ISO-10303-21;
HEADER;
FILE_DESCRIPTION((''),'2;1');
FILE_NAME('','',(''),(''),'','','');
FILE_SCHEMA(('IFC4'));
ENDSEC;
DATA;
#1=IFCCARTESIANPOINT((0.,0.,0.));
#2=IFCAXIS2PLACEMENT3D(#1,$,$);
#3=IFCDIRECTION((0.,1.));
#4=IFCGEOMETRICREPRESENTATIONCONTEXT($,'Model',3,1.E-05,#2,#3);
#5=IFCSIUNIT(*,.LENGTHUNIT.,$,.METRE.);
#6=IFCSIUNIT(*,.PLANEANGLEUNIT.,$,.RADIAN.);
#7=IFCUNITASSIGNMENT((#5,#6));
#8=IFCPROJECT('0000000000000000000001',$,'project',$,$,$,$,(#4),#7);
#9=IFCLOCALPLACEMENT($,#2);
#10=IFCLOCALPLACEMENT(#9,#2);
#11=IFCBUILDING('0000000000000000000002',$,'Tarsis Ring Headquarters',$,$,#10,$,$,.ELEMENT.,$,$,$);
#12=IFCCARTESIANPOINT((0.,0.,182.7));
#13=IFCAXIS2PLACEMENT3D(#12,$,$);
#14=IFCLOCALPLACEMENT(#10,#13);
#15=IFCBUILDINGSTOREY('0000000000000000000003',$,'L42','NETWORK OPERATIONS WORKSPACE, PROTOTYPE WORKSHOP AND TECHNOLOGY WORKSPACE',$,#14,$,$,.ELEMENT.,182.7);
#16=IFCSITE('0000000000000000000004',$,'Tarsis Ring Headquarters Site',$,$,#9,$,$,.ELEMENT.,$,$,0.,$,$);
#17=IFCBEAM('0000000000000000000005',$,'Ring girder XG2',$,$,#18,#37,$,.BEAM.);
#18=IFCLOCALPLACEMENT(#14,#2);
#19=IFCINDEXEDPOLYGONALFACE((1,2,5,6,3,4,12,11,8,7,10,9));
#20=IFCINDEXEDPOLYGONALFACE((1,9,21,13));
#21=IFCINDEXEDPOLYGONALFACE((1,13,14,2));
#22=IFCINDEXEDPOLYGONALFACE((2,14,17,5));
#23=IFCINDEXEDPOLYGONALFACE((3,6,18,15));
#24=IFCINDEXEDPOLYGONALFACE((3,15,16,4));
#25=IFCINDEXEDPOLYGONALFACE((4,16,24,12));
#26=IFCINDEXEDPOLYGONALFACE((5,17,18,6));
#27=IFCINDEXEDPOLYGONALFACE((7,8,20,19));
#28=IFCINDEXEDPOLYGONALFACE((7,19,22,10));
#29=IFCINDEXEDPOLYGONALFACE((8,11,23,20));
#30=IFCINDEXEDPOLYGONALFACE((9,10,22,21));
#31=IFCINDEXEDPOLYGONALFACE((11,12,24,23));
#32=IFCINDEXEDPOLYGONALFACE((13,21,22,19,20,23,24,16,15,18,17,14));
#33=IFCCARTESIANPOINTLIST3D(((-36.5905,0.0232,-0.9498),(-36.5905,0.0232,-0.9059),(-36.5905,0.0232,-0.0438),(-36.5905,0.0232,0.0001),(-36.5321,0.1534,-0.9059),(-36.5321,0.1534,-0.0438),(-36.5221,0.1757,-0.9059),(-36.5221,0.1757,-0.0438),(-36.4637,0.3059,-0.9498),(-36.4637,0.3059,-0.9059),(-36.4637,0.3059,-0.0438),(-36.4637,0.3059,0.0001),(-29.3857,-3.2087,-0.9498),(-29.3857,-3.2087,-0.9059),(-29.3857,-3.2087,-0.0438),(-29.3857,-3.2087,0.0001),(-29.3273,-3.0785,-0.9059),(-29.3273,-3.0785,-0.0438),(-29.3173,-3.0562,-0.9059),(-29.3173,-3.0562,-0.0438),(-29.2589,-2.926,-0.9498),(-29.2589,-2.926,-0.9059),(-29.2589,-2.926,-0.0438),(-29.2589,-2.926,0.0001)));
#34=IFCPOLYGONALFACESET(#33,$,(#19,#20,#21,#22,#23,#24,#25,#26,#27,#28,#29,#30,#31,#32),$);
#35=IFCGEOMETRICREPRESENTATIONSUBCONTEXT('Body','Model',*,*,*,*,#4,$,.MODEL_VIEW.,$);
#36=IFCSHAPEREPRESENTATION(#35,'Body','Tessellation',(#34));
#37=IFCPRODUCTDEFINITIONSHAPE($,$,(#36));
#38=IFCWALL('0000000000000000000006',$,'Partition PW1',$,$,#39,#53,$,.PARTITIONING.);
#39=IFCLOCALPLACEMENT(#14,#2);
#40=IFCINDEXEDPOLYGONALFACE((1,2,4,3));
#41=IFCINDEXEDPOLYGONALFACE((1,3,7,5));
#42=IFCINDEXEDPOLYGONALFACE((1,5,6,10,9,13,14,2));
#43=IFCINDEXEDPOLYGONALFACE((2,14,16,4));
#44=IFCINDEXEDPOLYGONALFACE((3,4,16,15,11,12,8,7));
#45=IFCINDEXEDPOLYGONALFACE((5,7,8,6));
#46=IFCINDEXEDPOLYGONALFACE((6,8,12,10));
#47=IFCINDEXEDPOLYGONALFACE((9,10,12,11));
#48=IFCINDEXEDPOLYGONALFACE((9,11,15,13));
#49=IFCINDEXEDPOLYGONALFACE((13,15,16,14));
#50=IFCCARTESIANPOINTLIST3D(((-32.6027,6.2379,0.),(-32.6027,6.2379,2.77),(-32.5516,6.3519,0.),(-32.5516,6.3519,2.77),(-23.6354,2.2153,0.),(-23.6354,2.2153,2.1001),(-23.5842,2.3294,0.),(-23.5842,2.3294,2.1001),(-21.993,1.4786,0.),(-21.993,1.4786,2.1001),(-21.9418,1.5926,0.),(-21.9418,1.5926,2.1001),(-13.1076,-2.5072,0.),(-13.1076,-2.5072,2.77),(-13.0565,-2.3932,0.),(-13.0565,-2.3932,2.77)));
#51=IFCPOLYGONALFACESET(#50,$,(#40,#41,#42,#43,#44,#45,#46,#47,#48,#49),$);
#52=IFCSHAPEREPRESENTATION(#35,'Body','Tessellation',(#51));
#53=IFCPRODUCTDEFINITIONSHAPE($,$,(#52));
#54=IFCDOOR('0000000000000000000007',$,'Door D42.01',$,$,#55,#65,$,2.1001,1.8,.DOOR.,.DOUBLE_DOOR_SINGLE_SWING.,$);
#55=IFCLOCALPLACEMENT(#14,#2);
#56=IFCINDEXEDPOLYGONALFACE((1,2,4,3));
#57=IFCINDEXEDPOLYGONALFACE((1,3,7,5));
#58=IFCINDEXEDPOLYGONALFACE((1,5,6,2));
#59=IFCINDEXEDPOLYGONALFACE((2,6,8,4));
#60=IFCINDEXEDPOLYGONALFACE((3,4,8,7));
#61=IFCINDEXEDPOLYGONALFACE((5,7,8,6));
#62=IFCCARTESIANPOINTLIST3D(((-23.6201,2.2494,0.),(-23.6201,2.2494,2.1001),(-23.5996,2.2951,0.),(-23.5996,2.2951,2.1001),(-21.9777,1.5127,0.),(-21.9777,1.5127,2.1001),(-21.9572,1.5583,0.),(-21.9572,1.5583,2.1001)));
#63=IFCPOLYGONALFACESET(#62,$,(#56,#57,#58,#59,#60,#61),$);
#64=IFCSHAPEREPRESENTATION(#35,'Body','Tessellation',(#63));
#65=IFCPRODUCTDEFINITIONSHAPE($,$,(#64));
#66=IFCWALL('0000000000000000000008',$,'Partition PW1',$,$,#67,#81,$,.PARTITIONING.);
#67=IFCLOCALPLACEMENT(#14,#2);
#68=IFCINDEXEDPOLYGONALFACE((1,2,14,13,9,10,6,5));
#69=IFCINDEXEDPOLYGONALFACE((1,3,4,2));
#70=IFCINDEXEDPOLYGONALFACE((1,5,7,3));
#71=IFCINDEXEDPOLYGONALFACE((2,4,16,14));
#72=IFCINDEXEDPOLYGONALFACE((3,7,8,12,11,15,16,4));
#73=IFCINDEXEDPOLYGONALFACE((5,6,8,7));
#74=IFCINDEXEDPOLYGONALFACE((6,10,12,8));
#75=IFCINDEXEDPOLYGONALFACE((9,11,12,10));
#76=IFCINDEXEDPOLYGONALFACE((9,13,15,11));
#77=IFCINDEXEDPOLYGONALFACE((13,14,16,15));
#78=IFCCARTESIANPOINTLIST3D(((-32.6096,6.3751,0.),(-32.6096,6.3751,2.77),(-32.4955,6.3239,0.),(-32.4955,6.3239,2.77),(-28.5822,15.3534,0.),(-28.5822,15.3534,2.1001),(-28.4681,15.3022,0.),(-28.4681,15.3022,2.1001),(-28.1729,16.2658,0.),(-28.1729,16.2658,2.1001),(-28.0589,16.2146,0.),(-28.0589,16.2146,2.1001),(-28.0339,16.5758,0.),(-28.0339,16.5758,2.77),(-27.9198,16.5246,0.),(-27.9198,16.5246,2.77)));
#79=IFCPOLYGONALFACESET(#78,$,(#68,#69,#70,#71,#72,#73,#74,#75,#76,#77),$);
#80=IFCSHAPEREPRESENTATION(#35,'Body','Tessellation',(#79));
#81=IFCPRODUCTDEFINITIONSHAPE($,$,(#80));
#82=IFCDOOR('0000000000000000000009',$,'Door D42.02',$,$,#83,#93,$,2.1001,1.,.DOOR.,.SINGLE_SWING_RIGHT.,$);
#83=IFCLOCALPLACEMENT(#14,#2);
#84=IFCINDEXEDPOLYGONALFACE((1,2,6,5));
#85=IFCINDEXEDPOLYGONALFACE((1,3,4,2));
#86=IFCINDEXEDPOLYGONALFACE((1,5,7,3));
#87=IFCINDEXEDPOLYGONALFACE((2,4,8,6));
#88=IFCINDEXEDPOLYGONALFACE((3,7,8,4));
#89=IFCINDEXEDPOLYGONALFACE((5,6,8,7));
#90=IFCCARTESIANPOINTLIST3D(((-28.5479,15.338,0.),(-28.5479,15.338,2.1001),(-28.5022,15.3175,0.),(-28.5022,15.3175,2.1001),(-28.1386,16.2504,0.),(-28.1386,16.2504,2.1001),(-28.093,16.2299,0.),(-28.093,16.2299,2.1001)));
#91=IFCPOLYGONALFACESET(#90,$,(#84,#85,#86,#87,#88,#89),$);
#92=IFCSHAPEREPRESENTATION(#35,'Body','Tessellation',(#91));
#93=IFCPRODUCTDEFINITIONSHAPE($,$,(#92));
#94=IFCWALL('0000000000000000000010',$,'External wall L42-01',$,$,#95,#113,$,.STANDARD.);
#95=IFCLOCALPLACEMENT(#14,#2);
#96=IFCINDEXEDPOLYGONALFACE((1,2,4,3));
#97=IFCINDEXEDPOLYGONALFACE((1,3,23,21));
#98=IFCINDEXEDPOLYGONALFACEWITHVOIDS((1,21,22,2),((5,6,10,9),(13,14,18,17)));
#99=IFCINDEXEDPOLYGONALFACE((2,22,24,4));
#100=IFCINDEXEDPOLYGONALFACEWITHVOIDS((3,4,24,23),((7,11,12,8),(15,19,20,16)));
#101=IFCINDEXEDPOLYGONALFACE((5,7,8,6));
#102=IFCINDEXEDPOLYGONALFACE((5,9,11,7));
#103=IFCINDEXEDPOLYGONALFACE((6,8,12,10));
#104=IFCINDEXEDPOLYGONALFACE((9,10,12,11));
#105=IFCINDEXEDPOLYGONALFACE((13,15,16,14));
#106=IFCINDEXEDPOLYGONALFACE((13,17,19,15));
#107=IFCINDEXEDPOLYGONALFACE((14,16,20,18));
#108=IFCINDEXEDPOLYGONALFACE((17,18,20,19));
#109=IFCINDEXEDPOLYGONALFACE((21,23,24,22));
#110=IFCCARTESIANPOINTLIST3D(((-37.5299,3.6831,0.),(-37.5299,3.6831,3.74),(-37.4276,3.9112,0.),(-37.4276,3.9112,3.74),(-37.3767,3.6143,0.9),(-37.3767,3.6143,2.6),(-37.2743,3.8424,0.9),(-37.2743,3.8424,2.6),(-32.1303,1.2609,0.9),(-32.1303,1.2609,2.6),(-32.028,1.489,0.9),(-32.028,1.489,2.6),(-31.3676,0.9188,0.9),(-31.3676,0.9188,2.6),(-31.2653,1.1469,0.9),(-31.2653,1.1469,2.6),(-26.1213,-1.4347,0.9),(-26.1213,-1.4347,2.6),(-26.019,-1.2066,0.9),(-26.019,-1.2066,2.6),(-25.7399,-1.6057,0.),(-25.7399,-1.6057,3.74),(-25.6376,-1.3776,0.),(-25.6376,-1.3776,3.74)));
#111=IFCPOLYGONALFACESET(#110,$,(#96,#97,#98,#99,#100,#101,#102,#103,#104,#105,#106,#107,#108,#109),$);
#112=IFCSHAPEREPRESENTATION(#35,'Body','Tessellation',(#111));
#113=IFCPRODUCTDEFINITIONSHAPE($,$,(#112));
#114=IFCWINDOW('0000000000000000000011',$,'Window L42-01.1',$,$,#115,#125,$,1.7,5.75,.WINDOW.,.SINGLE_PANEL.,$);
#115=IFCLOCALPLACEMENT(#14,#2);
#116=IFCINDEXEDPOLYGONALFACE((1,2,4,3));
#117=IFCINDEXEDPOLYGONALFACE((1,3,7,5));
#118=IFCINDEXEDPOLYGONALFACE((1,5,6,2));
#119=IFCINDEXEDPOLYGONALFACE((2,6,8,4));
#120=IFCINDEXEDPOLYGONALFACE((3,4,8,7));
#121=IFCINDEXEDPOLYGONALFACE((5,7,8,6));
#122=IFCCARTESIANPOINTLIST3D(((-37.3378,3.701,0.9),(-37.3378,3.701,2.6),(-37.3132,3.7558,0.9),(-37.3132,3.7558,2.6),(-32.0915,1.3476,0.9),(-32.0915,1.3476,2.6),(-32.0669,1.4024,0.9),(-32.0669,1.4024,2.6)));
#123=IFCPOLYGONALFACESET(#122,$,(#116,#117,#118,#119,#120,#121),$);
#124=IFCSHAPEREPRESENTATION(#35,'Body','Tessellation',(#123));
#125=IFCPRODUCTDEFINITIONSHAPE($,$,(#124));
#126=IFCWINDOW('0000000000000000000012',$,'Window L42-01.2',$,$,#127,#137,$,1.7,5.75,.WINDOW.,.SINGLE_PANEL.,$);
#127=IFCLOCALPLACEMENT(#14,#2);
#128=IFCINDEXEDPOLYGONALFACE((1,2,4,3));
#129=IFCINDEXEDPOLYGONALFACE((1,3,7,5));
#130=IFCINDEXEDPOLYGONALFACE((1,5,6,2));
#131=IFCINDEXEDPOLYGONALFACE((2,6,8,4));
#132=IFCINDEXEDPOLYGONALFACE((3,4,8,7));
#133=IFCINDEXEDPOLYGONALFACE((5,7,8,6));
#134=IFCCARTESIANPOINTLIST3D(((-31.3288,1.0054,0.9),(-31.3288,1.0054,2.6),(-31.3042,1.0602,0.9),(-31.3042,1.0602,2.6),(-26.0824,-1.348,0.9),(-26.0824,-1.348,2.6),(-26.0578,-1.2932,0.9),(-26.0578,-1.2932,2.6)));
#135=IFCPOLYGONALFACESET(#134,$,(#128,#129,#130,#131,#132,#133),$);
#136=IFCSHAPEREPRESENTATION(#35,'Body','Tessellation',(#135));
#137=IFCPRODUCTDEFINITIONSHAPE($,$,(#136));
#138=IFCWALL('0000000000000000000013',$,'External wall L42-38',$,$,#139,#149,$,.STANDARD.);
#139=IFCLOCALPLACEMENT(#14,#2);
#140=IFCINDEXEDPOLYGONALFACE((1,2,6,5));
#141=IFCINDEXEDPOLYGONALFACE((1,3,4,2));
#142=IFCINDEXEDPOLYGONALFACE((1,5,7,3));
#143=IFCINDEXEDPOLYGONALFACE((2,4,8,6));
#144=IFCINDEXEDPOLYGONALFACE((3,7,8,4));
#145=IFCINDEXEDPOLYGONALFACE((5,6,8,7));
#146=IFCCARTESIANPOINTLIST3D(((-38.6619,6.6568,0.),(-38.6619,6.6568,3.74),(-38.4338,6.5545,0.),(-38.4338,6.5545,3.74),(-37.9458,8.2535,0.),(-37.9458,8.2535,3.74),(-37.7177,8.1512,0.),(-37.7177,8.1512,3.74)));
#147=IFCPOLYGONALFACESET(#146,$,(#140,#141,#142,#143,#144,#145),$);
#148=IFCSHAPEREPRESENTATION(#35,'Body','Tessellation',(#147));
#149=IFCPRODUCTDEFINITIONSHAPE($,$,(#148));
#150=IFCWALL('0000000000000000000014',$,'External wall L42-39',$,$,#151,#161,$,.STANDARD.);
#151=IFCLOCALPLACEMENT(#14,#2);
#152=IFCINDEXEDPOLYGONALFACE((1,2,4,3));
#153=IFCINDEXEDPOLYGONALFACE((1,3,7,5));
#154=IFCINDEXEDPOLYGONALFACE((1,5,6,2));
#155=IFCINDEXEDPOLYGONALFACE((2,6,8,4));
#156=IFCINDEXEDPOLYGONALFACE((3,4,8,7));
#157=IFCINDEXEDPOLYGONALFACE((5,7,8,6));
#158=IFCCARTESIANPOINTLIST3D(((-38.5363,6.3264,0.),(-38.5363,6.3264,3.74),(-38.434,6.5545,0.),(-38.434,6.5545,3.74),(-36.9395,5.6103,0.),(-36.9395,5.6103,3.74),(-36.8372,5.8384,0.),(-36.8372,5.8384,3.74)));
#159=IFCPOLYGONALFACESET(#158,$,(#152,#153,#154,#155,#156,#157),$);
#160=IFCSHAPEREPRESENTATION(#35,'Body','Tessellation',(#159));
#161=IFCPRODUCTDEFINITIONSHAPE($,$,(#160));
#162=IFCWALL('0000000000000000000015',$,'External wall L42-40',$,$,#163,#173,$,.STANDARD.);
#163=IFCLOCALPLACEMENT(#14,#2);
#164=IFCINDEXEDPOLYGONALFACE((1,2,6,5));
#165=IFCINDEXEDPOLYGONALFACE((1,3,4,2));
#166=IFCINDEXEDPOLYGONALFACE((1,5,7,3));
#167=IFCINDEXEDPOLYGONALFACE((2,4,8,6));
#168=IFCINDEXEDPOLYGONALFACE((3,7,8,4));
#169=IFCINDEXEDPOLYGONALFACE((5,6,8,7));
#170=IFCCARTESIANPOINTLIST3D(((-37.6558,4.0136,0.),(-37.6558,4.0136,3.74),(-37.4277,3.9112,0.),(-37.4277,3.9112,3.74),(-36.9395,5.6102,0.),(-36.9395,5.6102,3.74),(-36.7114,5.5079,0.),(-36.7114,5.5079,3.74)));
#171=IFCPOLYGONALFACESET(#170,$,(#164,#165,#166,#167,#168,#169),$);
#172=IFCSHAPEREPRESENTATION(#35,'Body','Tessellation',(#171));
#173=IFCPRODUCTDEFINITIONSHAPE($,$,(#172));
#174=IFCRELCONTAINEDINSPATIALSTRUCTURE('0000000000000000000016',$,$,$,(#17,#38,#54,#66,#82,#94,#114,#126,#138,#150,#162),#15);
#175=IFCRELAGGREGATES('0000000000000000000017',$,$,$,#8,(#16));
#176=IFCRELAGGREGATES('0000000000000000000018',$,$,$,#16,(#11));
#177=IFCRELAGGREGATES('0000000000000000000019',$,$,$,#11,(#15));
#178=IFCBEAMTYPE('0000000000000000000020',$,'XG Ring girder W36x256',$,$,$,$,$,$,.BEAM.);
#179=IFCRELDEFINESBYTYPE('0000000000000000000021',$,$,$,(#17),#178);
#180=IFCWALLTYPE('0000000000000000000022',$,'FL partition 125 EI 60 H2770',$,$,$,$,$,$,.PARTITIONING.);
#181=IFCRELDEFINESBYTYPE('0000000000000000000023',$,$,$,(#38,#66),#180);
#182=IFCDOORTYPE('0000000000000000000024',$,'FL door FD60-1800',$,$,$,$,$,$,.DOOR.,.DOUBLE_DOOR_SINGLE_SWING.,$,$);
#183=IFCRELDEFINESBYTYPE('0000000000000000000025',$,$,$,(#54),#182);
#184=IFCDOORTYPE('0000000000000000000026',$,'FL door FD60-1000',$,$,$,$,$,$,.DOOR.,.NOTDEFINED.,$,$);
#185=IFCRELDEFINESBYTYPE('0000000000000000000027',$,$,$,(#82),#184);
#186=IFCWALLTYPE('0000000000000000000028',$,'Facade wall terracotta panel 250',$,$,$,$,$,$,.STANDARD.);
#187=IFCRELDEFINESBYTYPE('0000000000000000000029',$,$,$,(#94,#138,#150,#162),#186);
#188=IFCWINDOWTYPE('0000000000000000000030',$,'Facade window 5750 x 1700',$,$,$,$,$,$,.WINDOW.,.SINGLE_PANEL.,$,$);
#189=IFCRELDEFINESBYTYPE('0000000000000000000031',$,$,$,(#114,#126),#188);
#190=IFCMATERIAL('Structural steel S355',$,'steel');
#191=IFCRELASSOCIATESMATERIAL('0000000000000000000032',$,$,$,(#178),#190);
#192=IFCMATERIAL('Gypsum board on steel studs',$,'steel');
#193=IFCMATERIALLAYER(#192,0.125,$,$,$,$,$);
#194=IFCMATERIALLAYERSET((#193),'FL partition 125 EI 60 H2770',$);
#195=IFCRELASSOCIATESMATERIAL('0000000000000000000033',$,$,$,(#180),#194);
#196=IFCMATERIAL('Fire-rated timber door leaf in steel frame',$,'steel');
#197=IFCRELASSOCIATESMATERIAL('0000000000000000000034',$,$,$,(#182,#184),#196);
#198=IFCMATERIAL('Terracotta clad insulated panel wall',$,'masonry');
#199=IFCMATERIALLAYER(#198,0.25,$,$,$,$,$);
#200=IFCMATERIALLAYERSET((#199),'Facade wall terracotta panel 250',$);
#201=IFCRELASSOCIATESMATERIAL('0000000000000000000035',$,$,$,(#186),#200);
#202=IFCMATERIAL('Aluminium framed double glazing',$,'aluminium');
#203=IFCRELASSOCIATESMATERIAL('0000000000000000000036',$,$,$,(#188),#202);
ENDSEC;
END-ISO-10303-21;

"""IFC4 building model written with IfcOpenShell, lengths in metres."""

from ifc_helpers import new_model, si_unit, direction, frame, frame_2d, origin, origin_2d, place, context, subcontext, project, spatial, rectangle, i_section, extrude, material, layer, layer_set, material_profile, profile_set, type_object, element, fill, save


model = new_model("IFC4")

# Units and contexts
model_context = context("Model", 3, precision=1e-05, world=origin(), true_north=direction((0.0, 1.0)))
body_context = subcontext(model_context, "Body", "Model", "MODEL_VIEW")
ifc_project = project(units=[si_unit("LENGTHUNIT", "METRE"), si_unit("PLANEANGLEUNIT", "RADIAN")], contexts=[model_context])

# Site, building, storey
site_placement = place(None, origin())
site = spatial("IfcSite", under=ifc_project, at=site_placement, Name="Tarsis Ring Headquarters Site", CompositionType="ELEMENT", RefElevation=0.0)
building_placement = place(site_placement, origin())
building = spatial("IfcBuilding", under=site, at=building_placement, Name="Tarsis Ring Headquarters", CompositionType="ELEMENT")
storey_placement = place(building_placement, frame((0.0, 0.0, 182.7)))
storey = spatial("IfcBuildingStorey", under=building, at=storey_placement, Name="L42", Description="NETWORK OPERATIONS WORKSPACE, PROTOTYPE WORKSHOP AND TECHNOLOGY WORKSPACE", CompositionType="ELEMENT", Elevation=182.7)

# Shared definitions
ifc_material_1 = material(Name="Structural steel S355", Category="steel")

# Beam
ifc_material_profile_1 = material_profile(ifc_material_1, i_section(OverallWidth=0.3098, OverallDepth=0.95, WebThickness=0.0244, FlangeThickness=0.0439, at=origin_2d()), Name="W36x256")
ifc_profile_set_1 = profile_set([ifc_material_profile_1], Name="Structural steel S355")
beam_type = type_object("IfcBeamType", Name="XG Ring girder W36x256", PredefinedType="BEAM", material=ifc_profile_set_1)
for number, where, z_axis, x_axis, name in (
    (1, (-36.5271, 0.1646, -0.4749), (0.912406, -0.409286, 0.0), (0.409286, 0.912406, 0.0), "Ring girder XG2"),
):
    element("IfcBeam", number, at=place(storey_placement, frame(where, z_axis=z_axis, x_axis=x_axis)), inside=storey, type_object=beam_type, Name=name, PredefinedType="BEAM", context=body_context, shape_type="SweptSolid", body=[
        extrude(i_section(OverallWidth=0.3098, OverallDepth=0.95, WebThickness=0.0244, FlangeThickness=0.0439, at=origin_2d()), origin(), (0.0, 0.0, 1.0), 7.8965),
    ])

# Walls, openings, doors
ifc_material_2 = material(Name="Gypsum board on steel studs", Category="steel")
ifc_layer_1 = layer(ifc_material_2, 0.125)
ifc_layer_set_1 = layer_set([ifc_layer_1], Name="FL partition 125 EI 60 H2770")
wall_type_1 = type_object("IfcWallType", Name="FL partition 125 EI 60 H2770", PredefinedType="PARTITIONING", material=ifc_layer_set_1)
wall_1_placement = place(storey_placement, frame((-32.5771, 6.2949, 0.0), z_axis=(0.0, 0.0, 1.0), x_axis=(0.912406, -0.409287, 0.0)))
wall_1 = element("IfcWall", 2, at=wall_1_placement, inside=storey, type_object=wall_type_1, Name="Partition PW1", PredefinedType="PARTITIONING", context=body_context, shape_type="SweptSolid", body=[
    extrude(rectangle(XDim=21.3667, YDim=0.125, at=frame_2d((10.6833, 0.0))), origin(), (0.0, 0.0, 1.0), 2.77),
])
opening_1_placement = place(wall_1_placement, frame((9.8284, 0.0, 0.0)))
opening_1 = element("IfcOpeningElement", 3, at=opening_1_placement, cuts=wall_1, PredefinedType="OPENING", context=body_context, shape_type="SweptSolid", body=[
    extrude(rectangle(XDim=1.8, YDim=2.1001, at=frame_2d((0.8999, 1.05))), frame((0.0, 0.0725, 0.0), z_axis=(0.0, -1.0, 0.0), x_axis=(1.0, 0.0, 0.0)), (0.0, 0.0, 1.0), 0.145),
])
ifc_material_3 = material(Name="Fire-rated timber door leaf in steel frame", Category="steel")
door_type_1 = type_object("IfcDoorType", Name="FL door FD60-1800", OperationType="DOUBLE_DOOR_SINGLE_SWING", PredefinedType="DOOR", material=ifc_material_3)
door_1_placement = place(opening_1_placement, origin())
door_1 = element("IfcDoor", 4, at=door_1_placement, inside=storey, type_object=door_type_1, Name="Door D42.01", OperationType="DOUBLE_DOOR_SINGLE_SWING", OverallHeight=2.1001, OverallWidth=1.8, PredefinedType="DOOR", context=body_context, shape_type="SweptSolid", body=[
    extrude(rectangle(XDim=1.8, YDim=2.1001, at=frame_2d((0.8999, 1.05))), frame((0.0, 0.0249, 0.0), z_axis=(0.0, -1.0, 0.0), x_axis=(1.0, 0.0, 0.0)), (0.0, 0.0, 1.0), 0.05),
])
fill(opening_1, door_1)
wall_2_placement = place(storey_placement, frame((-32.5525, 6.3496, 0.0), z_axis=(0.0, 0.0, 1.0), x_axis=(0.409277, 0.91241, 0.0)))
wall_2 = element("IfcWall", 5, at=wall_2_placement, inside=storey, type_object=wall_type_1, Name="Partition PW1", PredefinedType="PARTITIONING", context=body_context, shape_type="SweptSolid", body=[
    extrude(rectangle(XDim=11.1799, YDim=0.125, at=frame_2d((5.5898, 0.0))), origin(), (0.0, 0.0, 1.0), 2.77),
])
opening_2_placement = place(wall_2_placement, frame((9.8401, 0.0, 0.0)))
opening_2 = element("IfcOpeningElement", 6, at=opening_2_placement, cuts=wall_2, PredefinedType="OPENING", context=body_context, shape_type="SweptSolid", body=[
    extrude(rectangle(XDim=1.0, YDim=2.1001, at=frame_2d((0.5, 1.05))), frame((0.0, 0.0725, 0.0), z_axis=(0.0, -1.0, 0.0), x_axis=(1.0, 0.0, 0.0)), (0.0, 0.0, 1.0), 0.145),
])
door_type_2 = type_object("IfcDoorType", Name="FL door FD60-1000", OperationType="NOTDEFINED", PredefinedType="DOOR", material=ifc_material_3)
door_2_placement = place(opening_2_placement, origin())
door_2 = element("IfcDoor", 7, at=door_2_placement, inside=storey, type_object=door_type_2, Name="Door D42.02", OperationType="SINGLE_SWING_RIGHT", OverallHeight=2.1001, OverallWidth=1.0, PredefinedType="DOOR", context=body_context, shape_type="SweptSolid", body=[
    extrude(rectangle(XDim=1.0, YDim=2.1001, at=frame_2d((0.5, 1.05))), frame((0.0, 0.0249, 0.0), z_axis=(0.0, -1.0, 0.0), x_axis=(1.0, 0.0, 0.0)), (0.0, 0.0, 1.0), 0.05),
])
fill(opening_2, door_2)

# Wall, openings, windows
ifc_material_4 = material(Name="Terracotta clad insulated panel wall", Category="masonry")
ifc_layer_2 = layer(ifc_material_4, 0.25)
ifc_layer_set_2 = layer_set([ifc_layer_2], Name="Facade wall terracotta panel 250")
wall_type_2 = type_object("IfcWallType", Name="Facade wall terracotta panel 250", PredefinedType="STANDARD", material=ifc_layer_set_2)
wall_3_placement = place(storey_placement, frame((-37.4788, 3.7971, 0.0), z_axis=(0.0, 0.0, 1.0), x_axis=(0.912404, -0.40929, 0.0)))
wall_3 = element("IfcWall", 8, at=wall_3_placement, inside=storey, type_object=wall_type_2, Name="External wall L42-01", PredefinedType="STANDARD", context=body_context, shape_type="SweptSolid", body=[
    extrude(rectangle(XDim=12.9219, YDim=0.25, at=frame_2d((6.4609, 0.0))), origin(), (0.0, 0.0, 1.0), 3.74),
])
opening_3_placement = place(wall_3_placement, frame((0.168, 0.0, 0.8999)))
opening_3 = element("IfcOpeningElement", 9, at=opening_3_placement, cuts=wall_3, PredefinedType="OPENING", context=body_context, shape_type="SweptSolid", body=[
    extrude(rectangle(XDim=5.75, YDim=1.7, at=frame_2d((2.875, 0.8501))), frame((0.0, 0.135, 0.0), z_axis=(0.0, -1.0, 0.0), x_axis=(1.0, 0.0, 0.0)), (0.0, 0.0, 1.0), 0.27),
])
opening_4_placement = place(wall_3_placement, frame((6.7539, 0.0, 0.8999)))
opening_4 = element("IfcOpeningElement", 10, at=opening_4_placement, cuts=wall_3, PredefinedType="OPENING", context=body_context, shape_type="SweptSolid", body=[
    extrude(rectangle(XDim=5.75, YDim=1.7, at=frame_2d((2.875, 0.8501))), frame((0.0, 0.135, 0.0), z_axis=(0.0, -1.0, 0.0), x_axis=(1.0, 0.0, 0.0)), (0.0, 0.0, 1.0), 0.27),
])
ifc_material_5 = material(Name="Aluminium framed double glazing", Category="aluminium")
window_type = type_object("IfcWindowType", Name="Facade window 5750 x 1700", PartitioningType="SINGLE_PANEL", PredefinedType="WINDOW", material=ifc_material_5)
window_1_placement = place(opening_3_placement, origin())
window_1 = element("IfcWindow", 11, at=window_1_placement, inside=storey, type_object=window_type, Name="Window L42-01.1", OverallHeight=1.7, OverallWidth=5.75, PartitioningType="SINGLE_PANEL", PredefinedType="WINDOW", context=body_context, shape_type="SweptSolid", body=[
    extrude(rectangle(XDim=5.75, YDim=1.7, at=frame_2d((2.875, 0.8501))), frame((0.0, 0.03, 0.0), z_axis=(0.0, -1.0, 0.0), x_axis=(1.0, 0.0, 0.0)), (0.0, 0.0, 1.0), 0.0601),
])
fill(opening_3, window_1)
window_2_placement = place(opening_4_placement, origin())
window_2 = element("IfcWindow", 12, at=window_2_placement, inside=storey, type_object=window_type, Name="Window L42-01.2", OverallHeight=1.7, OverallWidth=5.75, PartitioningType="SINGLE_PANEL", PredefinedType="WINDOW", context=body_context, shape_type="SweptSolid", body=[
    extrude(rectangle(XDim=5.75, YDim=1.7, at=frame_2d((2.875, 0.8501))), frame((0.0, 0.03, 0.0), z_axis=(0.0, -1.0, 0.0), x_axis=(1.0, 0.0, 0.0)), (0.0, 0.0, 1.0), 0.0601),
])
fill(opening_4, window_2)

# Walls
for number, where, z_axis, x_axis, name in (
    (13, (-37.8318, 8.2024, 0.0), (0.0, 0.0, 1.0), (-0.409204, -0.912443, 0.0), "External wall L42-38"),
    (14, (-38.4851, 6.4404, 0.0), (0.0, 0.0, 1.0), (0.912443, -0.409204, 0.0), "External wall L42-39"),
    (15, (-36.8254, 5.5591, 0.0), (0.0, 0.0, 1.0), (-0.40932, -0.912391, 0.0), "External wall L42-40"),
):
    element("IfcWall", number, at=place(storey_placement, frame(where, z_axis=z_axis, x_axis=x_axis)), inside=storey, type_object=wall_type_2, Name=name, PredefinedType="STANDARD", context=body_context, shape_type="SweptSolid", body=[
        extrude(rectangle(XDim=1.75, YDim=0.25, at=frame_2d((0.875, 0.0))), origin(), (0.0, 0.0, 1.0), 3.74),
    ])

save(model, "model.ifc")
